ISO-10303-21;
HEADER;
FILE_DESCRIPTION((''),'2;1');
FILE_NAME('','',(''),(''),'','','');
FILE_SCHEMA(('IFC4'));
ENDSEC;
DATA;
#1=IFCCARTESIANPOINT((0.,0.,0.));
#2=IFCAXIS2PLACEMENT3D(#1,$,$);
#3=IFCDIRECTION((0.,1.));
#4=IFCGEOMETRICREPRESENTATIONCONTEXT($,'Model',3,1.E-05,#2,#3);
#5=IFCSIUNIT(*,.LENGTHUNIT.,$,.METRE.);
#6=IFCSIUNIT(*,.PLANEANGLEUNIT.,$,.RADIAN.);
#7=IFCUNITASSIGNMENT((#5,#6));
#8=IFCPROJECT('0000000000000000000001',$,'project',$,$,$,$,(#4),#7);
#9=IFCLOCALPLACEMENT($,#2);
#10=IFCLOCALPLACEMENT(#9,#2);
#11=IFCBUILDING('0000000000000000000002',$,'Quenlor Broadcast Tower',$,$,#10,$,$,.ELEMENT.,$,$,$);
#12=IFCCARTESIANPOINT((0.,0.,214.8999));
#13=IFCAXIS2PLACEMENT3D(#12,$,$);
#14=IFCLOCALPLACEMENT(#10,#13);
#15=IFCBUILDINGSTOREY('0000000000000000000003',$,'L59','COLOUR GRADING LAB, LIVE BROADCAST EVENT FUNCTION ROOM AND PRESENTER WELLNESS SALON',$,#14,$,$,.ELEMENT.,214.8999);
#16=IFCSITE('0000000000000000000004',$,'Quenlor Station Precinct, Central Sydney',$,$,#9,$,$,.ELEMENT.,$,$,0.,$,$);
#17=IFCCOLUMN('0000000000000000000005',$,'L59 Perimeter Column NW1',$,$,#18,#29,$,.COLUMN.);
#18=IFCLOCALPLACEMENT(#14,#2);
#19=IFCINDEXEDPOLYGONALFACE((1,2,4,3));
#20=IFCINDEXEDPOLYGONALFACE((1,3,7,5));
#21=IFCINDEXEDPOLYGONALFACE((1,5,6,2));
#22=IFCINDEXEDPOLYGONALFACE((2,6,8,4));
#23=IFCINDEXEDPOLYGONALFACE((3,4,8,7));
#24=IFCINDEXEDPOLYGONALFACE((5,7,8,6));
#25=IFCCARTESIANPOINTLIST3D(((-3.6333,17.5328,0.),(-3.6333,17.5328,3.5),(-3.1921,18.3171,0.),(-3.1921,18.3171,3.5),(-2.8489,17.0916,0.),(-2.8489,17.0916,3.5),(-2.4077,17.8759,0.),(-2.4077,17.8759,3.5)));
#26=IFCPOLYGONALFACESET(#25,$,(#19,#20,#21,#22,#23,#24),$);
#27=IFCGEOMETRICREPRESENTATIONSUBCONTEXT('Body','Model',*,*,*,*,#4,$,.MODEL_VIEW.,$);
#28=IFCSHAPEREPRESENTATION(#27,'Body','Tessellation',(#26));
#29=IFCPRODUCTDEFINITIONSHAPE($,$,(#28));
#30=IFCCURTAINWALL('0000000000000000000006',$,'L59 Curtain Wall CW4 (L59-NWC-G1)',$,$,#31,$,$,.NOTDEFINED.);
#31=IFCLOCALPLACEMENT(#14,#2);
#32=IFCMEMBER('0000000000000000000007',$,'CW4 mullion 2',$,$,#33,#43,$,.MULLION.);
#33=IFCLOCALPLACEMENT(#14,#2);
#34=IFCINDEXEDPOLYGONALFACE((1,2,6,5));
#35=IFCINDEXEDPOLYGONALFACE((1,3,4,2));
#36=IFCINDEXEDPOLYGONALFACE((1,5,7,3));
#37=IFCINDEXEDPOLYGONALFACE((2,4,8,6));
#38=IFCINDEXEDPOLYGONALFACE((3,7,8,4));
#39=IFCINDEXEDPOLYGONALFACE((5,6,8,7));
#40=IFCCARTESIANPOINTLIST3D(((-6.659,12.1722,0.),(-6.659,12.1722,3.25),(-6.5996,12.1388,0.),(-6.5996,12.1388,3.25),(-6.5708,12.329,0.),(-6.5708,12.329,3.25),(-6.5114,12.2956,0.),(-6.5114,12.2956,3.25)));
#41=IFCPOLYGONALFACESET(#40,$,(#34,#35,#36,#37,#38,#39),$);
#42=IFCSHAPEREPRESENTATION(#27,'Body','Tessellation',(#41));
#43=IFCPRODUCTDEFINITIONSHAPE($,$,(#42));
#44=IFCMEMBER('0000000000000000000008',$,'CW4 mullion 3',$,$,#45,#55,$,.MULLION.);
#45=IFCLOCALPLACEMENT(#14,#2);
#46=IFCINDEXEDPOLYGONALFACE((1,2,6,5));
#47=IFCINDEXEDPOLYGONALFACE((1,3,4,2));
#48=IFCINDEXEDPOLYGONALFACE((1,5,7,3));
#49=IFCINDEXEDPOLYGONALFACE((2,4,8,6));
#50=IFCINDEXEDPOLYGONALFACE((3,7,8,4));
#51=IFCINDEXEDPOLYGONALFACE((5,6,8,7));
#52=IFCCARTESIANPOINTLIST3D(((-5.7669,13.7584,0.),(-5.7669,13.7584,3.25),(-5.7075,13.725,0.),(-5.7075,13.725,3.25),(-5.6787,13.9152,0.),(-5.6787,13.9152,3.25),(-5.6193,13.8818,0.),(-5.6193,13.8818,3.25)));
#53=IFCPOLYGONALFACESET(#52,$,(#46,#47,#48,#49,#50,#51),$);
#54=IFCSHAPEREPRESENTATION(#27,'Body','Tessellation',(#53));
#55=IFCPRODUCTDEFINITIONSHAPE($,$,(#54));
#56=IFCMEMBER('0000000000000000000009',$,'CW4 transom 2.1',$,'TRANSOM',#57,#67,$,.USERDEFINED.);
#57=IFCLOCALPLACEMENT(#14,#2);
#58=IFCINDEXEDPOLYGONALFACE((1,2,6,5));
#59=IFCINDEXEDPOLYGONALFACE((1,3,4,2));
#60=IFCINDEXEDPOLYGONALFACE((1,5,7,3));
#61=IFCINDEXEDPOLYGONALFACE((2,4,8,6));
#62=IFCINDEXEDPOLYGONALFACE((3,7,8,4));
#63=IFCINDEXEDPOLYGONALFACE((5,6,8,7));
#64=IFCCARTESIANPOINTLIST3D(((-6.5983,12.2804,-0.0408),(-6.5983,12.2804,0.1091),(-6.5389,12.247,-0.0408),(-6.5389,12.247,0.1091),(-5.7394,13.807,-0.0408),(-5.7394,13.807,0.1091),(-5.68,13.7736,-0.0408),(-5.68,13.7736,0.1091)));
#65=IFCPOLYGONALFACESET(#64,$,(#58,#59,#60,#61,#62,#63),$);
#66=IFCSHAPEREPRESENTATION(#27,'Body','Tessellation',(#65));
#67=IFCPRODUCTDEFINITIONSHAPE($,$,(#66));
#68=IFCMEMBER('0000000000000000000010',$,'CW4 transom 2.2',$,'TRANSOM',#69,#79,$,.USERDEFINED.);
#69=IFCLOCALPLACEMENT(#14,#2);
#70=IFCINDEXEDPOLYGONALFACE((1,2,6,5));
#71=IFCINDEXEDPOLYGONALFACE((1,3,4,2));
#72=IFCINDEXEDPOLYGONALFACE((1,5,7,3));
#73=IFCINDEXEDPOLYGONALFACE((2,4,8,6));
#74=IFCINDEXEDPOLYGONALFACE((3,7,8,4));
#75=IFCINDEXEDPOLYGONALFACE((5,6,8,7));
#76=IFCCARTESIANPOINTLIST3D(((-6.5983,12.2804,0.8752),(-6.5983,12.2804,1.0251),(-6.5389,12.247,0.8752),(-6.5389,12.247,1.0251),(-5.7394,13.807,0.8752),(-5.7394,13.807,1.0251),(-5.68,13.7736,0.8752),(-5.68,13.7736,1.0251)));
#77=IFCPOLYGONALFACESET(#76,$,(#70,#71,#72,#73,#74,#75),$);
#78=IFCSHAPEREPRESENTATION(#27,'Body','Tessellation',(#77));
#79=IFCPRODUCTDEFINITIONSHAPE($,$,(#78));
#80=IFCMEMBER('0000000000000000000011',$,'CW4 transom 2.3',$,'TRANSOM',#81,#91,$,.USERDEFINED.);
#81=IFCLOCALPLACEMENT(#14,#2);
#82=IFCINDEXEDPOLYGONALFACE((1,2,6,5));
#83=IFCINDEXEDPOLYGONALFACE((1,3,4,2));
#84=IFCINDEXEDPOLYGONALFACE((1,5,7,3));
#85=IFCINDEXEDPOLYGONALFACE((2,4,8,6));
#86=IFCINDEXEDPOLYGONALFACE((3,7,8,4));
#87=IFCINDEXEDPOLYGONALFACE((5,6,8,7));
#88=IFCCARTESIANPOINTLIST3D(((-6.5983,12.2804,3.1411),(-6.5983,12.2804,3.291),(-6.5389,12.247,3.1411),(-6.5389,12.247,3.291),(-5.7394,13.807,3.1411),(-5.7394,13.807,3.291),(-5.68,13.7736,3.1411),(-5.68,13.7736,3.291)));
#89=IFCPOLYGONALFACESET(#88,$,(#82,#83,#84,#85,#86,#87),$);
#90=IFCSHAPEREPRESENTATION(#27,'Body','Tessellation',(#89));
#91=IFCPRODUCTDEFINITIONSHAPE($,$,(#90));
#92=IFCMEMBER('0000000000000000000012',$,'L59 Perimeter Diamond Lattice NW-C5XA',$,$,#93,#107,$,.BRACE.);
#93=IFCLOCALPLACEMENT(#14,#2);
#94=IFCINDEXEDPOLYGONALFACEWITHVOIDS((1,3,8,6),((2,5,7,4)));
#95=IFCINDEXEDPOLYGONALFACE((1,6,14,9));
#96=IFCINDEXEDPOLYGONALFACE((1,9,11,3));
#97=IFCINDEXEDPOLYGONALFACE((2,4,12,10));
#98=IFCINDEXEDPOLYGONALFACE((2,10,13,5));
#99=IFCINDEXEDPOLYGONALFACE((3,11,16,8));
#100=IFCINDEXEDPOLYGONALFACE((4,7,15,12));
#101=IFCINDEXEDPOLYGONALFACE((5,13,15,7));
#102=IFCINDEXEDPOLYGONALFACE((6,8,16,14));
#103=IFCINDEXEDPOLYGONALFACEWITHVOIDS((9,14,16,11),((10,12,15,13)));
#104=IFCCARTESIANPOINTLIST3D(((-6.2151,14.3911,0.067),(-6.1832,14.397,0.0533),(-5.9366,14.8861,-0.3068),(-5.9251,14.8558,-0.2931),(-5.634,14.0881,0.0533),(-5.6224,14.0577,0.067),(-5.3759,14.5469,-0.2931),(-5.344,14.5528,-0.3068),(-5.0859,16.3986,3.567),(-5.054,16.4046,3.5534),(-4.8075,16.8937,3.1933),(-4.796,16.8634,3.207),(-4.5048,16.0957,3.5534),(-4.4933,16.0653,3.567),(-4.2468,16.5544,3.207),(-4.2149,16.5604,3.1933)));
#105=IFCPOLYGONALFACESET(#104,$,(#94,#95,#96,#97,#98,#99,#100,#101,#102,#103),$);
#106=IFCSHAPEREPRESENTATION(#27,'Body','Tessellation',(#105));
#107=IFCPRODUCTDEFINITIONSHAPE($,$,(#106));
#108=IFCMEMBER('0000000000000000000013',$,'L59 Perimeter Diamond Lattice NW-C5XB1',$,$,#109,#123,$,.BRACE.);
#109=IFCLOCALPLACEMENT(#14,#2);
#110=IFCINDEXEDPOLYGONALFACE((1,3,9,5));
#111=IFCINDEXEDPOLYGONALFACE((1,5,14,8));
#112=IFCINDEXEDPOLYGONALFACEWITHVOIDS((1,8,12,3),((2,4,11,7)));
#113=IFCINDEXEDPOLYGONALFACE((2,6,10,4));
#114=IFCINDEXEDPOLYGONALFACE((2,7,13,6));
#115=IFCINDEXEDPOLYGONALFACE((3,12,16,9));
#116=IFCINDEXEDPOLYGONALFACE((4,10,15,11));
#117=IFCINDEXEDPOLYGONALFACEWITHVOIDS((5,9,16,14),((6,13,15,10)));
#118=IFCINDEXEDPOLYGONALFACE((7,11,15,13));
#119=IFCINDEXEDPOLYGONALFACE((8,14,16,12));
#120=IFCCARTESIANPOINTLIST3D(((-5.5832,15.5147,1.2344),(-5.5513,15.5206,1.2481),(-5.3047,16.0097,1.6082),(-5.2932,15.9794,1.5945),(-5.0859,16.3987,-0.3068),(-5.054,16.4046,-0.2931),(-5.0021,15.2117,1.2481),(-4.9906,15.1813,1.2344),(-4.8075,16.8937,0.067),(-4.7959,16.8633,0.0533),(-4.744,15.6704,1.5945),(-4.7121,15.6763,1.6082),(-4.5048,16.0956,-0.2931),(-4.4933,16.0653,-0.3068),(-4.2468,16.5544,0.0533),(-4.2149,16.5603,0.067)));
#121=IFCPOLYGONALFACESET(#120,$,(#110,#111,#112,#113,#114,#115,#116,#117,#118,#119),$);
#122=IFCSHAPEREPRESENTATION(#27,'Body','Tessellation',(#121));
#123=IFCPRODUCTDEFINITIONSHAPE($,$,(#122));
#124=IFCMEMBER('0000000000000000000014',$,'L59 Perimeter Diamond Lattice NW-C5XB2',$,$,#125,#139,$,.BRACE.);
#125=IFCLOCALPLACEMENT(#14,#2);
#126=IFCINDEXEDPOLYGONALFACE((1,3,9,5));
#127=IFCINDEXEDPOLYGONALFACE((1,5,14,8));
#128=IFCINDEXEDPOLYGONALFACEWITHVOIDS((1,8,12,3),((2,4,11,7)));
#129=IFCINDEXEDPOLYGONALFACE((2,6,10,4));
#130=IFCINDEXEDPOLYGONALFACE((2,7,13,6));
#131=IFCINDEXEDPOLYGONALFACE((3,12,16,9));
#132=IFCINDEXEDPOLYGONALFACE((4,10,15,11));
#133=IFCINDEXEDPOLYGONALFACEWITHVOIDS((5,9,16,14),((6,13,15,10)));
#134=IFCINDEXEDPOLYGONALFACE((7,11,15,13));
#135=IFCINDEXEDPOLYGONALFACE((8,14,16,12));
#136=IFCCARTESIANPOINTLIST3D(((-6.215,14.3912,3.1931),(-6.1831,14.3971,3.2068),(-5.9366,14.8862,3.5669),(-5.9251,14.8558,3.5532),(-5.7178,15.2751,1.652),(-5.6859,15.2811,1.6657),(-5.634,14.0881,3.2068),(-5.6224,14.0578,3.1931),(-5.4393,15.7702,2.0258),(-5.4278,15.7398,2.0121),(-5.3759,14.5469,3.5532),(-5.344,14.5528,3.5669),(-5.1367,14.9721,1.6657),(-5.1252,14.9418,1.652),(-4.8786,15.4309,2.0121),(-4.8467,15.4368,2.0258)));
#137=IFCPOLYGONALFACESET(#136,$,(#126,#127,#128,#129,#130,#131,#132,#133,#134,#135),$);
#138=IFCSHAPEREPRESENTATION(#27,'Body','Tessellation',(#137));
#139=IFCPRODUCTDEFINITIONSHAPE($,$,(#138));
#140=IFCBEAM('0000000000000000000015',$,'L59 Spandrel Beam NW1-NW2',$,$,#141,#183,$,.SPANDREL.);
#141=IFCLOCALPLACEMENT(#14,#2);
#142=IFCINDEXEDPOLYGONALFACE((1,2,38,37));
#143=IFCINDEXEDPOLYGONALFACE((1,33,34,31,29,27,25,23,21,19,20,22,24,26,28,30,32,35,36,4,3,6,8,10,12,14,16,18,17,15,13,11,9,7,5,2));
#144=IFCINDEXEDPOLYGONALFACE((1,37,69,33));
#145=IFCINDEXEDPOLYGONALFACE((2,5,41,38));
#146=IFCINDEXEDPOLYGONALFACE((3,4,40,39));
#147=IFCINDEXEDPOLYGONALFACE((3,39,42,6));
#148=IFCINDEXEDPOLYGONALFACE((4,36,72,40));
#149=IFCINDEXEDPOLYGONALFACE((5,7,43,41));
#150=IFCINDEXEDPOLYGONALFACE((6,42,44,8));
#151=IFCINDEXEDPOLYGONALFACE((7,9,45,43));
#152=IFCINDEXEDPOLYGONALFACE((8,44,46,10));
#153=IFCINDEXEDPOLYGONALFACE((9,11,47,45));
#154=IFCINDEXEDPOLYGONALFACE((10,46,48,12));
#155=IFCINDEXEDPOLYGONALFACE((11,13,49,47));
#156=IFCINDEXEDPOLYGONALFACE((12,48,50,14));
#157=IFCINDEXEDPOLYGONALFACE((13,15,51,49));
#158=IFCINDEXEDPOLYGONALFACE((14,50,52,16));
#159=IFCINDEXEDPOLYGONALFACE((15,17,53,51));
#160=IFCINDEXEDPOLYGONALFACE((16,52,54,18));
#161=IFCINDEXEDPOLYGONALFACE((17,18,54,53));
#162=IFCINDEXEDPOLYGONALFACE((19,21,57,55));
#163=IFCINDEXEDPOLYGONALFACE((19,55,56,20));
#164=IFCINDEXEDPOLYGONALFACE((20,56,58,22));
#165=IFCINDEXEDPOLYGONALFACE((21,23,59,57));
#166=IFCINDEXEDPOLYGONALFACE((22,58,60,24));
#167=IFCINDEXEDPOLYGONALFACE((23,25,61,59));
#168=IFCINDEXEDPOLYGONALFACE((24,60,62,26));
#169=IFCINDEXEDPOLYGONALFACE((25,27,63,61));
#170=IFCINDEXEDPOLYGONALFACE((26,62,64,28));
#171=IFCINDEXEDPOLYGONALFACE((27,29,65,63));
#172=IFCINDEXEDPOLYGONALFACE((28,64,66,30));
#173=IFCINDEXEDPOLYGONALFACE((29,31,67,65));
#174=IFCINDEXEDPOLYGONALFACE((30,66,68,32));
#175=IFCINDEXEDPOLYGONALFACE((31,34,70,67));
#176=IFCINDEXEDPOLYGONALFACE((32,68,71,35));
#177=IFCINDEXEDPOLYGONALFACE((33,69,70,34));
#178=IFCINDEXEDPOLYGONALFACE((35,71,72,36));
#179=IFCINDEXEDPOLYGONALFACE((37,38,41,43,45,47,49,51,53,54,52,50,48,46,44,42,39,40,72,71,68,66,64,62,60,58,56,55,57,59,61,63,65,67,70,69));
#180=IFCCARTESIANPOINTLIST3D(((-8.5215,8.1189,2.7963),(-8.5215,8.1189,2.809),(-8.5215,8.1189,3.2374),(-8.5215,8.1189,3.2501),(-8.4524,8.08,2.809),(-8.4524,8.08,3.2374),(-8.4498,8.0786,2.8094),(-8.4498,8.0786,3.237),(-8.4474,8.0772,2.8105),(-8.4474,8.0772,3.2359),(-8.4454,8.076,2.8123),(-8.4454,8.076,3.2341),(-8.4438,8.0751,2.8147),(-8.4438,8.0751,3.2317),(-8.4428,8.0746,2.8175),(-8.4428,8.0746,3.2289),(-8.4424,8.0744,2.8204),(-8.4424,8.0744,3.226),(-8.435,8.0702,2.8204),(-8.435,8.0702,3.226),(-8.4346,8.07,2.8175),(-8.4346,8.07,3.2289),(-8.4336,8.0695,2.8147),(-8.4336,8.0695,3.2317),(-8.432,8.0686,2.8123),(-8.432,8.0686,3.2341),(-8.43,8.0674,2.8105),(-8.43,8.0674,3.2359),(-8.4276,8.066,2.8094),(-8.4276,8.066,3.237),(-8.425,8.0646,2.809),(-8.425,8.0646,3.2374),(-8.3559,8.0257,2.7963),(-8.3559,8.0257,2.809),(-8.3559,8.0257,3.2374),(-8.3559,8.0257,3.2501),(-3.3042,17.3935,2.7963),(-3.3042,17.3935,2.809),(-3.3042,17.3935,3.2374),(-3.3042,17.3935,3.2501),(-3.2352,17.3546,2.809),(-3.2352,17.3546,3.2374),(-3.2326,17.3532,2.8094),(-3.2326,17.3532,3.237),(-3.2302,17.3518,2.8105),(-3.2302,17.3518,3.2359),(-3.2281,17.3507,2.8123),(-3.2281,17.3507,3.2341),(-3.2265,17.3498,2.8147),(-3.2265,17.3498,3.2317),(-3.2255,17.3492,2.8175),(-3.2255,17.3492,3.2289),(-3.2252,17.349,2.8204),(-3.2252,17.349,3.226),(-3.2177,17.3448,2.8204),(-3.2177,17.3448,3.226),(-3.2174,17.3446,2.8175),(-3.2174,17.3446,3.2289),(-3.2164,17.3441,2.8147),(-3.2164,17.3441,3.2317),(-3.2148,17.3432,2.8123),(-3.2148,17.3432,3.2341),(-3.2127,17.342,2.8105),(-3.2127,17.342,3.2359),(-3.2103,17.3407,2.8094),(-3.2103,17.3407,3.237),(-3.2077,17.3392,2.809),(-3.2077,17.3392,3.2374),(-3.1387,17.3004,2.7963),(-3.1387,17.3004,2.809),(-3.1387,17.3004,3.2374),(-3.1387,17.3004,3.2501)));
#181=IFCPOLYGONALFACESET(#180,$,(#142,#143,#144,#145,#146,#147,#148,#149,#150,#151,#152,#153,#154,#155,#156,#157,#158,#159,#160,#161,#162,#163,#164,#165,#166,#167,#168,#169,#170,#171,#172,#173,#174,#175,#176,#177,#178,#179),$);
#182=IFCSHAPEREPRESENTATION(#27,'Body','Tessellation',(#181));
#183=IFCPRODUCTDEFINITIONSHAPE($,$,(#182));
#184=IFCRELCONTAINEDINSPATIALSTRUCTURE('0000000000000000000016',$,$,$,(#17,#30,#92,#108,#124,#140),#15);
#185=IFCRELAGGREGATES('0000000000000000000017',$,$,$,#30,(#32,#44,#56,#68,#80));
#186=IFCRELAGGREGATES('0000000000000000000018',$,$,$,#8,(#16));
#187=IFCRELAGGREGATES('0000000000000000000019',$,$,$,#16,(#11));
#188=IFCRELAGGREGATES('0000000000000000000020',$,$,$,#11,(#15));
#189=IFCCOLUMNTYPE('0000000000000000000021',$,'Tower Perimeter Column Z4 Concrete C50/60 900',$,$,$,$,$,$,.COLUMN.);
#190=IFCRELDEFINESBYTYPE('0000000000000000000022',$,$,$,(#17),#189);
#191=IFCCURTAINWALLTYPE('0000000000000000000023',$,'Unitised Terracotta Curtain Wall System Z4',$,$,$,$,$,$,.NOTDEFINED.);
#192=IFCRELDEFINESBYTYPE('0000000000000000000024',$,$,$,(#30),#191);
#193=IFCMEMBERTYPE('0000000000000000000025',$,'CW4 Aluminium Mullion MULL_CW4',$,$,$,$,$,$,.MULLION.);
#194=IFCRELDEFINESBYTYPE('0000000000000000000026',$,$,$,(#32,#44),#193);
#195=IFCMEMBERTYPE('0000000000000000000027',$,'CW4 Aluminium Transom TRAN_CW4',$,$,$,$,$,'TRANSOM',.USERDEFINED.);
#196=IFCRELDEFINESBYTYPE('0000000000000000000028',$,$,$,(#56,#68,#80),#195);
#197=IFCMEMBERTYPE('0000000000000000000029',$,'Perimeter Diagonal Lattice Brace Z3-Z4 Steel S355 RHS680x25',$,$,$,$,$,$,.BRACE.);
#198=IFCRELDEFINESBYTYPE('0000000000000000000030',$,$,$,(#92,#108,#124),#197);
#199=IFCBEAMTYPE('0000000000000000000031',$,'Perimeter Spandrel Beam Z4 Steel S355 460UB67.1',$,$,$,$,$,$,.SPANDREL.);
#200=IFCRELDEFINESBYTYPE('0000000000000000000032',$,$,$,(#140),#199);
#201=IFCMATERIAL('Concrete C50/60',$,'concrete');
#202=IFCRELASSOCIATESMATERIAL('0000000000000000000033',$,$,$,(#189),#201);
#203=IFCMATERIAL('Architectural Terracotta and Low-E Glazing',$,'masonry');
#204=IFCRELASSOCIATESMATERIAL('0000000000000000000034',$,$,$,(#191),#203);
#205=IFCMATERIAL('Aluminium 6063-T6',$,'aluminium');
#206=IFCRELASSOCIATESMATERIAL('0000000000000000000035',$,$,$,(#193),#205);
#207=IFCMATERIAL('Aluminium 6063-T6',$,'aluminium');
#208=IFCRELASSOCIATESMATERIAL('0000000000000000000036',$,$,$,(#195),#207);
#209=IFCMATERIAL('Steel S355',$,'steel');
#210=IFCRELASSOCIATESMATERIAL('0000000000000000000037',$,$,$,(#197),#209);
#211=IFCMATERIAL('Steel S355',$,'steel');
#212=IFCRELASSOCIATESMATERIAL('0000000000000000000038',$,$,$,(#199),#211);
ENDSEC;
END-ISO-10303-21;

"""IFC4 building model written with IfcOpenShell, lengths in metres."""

from ifc_helpers import new_model, si_unit, direction, frame, origin, origin_2d, place, context, subcontext, project, spatial, rectangle, hollow_rectangle, i_section, extrude, material, material_profile, profile_set, type_object, element, aggregate, save


model = new_model("IFC4")

# Units and contexts
model_context = context("Model", 3, precision=1e-05, world=origin(), true_north=direction((0.0, 1.0)))
body_context = subcontext(model_context, "Body", "Model", "MODEL_VIEW")
ifc_project = project(units=[si_unit("LENGTHUNIT", "METRE"), si_unit("PLANEANGLEUNIT", "RADIAN")], contexts=[model_context])

# Site, building, storey
site_placement = place(None, origin())
site = spatial("IfcSite", under=ifc_project, at=site_placement, Name="Quenlor Station Precinct, Central Sydney", CompositionType="ELEMENT", RefElevation=0.0)
building_placement = place(site_placement, origin())
building = spatial("IfcBuilding", under=site, at=building_placement, Name="Quenlor Broadcast Tower", CompositionType="ELEMENT")
storey_placement = place(building_placement, frame((0.0, 0.0, 214.8999)))
storey = spatial("IfcBuildingStorey", under=building, at=storey_placement, Name="L59", Description="COLOUR GRADING LAB, LIVE BROADCAST EVENT FUNCTION ROOM AND PRESENTER WELLNESS SALON", CompositionType="ELEMENT", Elevation=214.8999)

# Column
ifc_material_1 = material(Name="Concrete C50/60", Category="concrete")
ifc_material_profile_1 = material_profile(ifc_material_1, rectangle(XDim=0.8999, YDim=0.8999, at=origin_2d()))
ifc_profile_set_1 = profile_set([ifc_material_profile_1], Name="Concrete C50/60 RC900x900")
column_type = type_object("IfcColumnType", Name="Tower Perimeter Column Z4 Concrete C50/60 900", PredefinedType="COLUMN", material=ifc_profile_set_1)
column_placement = place(storey_placement, frame((-3.0205, 17.7043, 0.0), z_axis=(0.0, 0.0, 1.0), x_axis=(-0.871575, 0.490262, 0.0)))
element("IfcColumn", 1, at=column_placement, inside=storey, type_object=column_type, Name="L59 Perimeter Column NW1", PredefinedType="COLUMN", context=body_context, shape_type="SweptSolid", body=[
    extrude(rectangle(XDim=0.8999, YDim=0.8999, at=origin_2d()), origin(), (0.0, 0.0, 1.0), 3.5),
])

# Curtain wall, members
ifc_material_2 = material(Name="Architectural Terracotta and Low-E Glazing", Category="masonry")
curtain_wall_type = type_object("IfcCurtainWallType", Name="Unitised Terracotta Curtain Wall System Z4", PredefinedType="NOTDEFINED", material=ifc_material_2)
curtain_wall_placement = place(storey_placement, origin())
curtain_wall = element("IfcCurtainWall", 2, at=curtain_wall_placement, inside=storey, type_object=curtain_wall_type, Name="L59 Curtain Wall CW4 (L59-NWC-G1)", PredefinedType="NOTDEFINED")
ifc_material_3 = material(Name="Aluminium 6063-T6", Category="aluminium")
ifc_material_profile_2 = material_profile(ifc_material_3, rectangle(XDim=0.0681, YDim=0.1799, at=origin_2d()))
ifc_profile_set_2 = profile_set([ifc_material_profile_2], Name="Aluminium 6063-T6 MULL68x180")
member_type_1 = type_object("IfcMemberType", Name="CW4 Aluminium Mullion MULL_CW4", PredefinedType="MULLION", material=ifc_profile_set_2)
member_1_placement = place(storey_placement, frame((-6.5852, 12.2339, 0.0), z_axis=(0.0, 0.0, 1.0), x_axis=(-0.871576, 0.49026, 0.0)))
member_1 = element("IfcMember", 3, at=member_1_placement, type_object=member_type_1, Name="CW4 mullion 2", PredefinedType="MULLION", context=body_context, shape_type="SweptSolid", body=[
    extrude(rectangle(XDim=0.0681, YDim=0.1799, at=origin_2d()), origin(), (0.0, 0.0, 1.0), 3.25),
])
member_2_placement = place(storey_placement, frame((-5.6931, 13.8201, 0.0), z_axis=(0.0, 0.0, 1.0), x_axis=(-0.871576, 0.49026, 0.0)))
member_2 = element("IfcMember", 4, at=member_2_placement, type_object=member_type_1, Name="CW4 mullion 3", PredefinedType="MULLION", context=body_context, shape_type="SweptSolid", body=[
    extrude(rectangle(XDim=0.0681, YDim=0.1799, at=origin_2d()), origin(), (0.0, 0.0, 1.0), 3.25),
])
ifc_material_4 = material(Name="Aluminium 6063-T6", Category="aluminium")
ifc_material_profile_3 = material_profile(ifc_material_4, rectangle(XDim=0.0681, YDim=0.1499, at=origin_2d()))
ifc_profile_set_3 = profile_set([ifc_material_profile_3], Name="Aluminium 6063-T6 TRAN68x150")
member_type_2 = type_object("IfcMemberType", Name="CW4 Aluminium Transom TRAN_CW4", ElementType="TRANSOM", PredefinedType="USERDEFINED", material=ifc_profile_set_3)
member_3_placement = place(storey_placement, frame((-6.5686, 12.2637, 0.0342), z_axis=(0.490334, 0.871535, 0.0), x_axis=(-0.871535, 0.490334, 0.0)))
member_3 = element("IfcMember", 5, at=member_3_placement, type_object=member_type_2, Name="CW4 transom 2.1", ObjectType="TRANSOM", PredefinedType="USERDEFINED", context=body_context, shape_type="SweptSolid", body=[
    extrude(rectangle(XDim=0.0681, YDim=0.1499, at=origin_2d()), origin(), (0.0, 0.0, 1.0), 1.7517),
])
member_4_placement = place(storey_placement, frame((-6.5686, 12.2637, 0.9502), z_axis=(0.490334, 0.871535, 0.0), x_axis=(-0.871535, 0.490334, 0.0)))
member_4 = element("IfcMember", 6, at=member_4_placement, type_object=member_type_2, Name="CW4 transom 2.2", ObjectType="TRANSOM", PredefinedType="USERDEFINED", context=body_context, shape_type="SweptSolid", body=[
    extrude(rectangle(XDim=0.0681, YDim=0.1499, at=origin_2d()), origin(), (0.0, 0.0, 1.0), 1.7517),
])
member_5_placement = place(storey_placement, frame((-6.5686, 12.2637, 3.2161), z_axis=(0.490334, 0.871535, 0.0), x_axis=(-0.871535, 0.490334, 0.0)))
member_5 = element("IfcMember", 7, at=member_5_placement, type_object=member_type_2, Name="CW4 transom 2.3", ObjectType="TRANSOM", PredefinedType="USERDEFINED", context=body_context, shape_type="SweptSolid", body=[
    extrude(rectangle(XDim=0.0681, YDim=0.1499, at=origin_2d()), origin(), (0.0, 0.0, 1.0), 1.7517),
])

# Members
ifc_material_5 = material(Name="Steel S355", Category="steel")
ifc_material_profile_4 = material_profile(ifc_material_5, hollow_rectangle(XDim=0.6799, YDim=0.6799, WallThickness=0.0249, at=origin_2d()))
ifc_profile_set_4 = profile_set([ifc_material_profile_4], Name="Steel S355 RHS680x680x25")
member_type_3 = type_object("IfcMemberType", Name="Perimeter Diagonal Lattice Brace Z3-Z4 Steel S355 RHS680x25", PredefinedType="BRACE", material=ifc_profile_set_4)
member_6_placement = place(storey_placement, frame((-5.7795, 14.4719, -0.1199), z_axis=(0.269493, 0.479144, 0.835341), x_axis=(-0.871595, 0.490226, 0.0)))
element("IfcMember", 8, at=member_6_placement, inside=storey, type_object=member_type_3, Name="L59 Perimeter Diamond Lattice NW-C5XA", PredefinedType="BRACE", context=body_context, shape_type="SweptSolid", body=[
    extrude(hollow_rectangle(XDim=0.6799, YDim=0.6799, WallThickness=0.0249, at=origin_2d()), origin(), (0.0, 0.0, 1.0), 4.1899),
])
for number, where, z_axis, x_axis, name in (
    (9, (-4.6504, 16.4795, -0.1199), (-0.269536, -0.47913, 0.835335), (0.871556, -0.490296, 0.0), "L59 Perimeter Diamond Lattice NW-C5XB1"),
    (10, (-5.2822, 15.356, 1.8389), (-0.269536, -0.47913, 0.835335), (0.871556, -0.490296, 0.0), "L59 Perimeter Diamond Lattice NW-C5XB2"),
):
    element("IfcMember", number, at=place(storey_placement, frame(where, z_axis=z_axis, x_axis=x_axis)), inside=storey, type_object=member_type_3, Name=name, PredefinedType="BRACE", context=body_context, shape_type="SweptSolid", body=[
        extrude(hollow_rectangle(XDim=0.6799, YDim=0.6799, WallThickness=0.0249, at=origin_2d()), origin(), (0.0, 0.0, 1.0), 1.845),
    ])

# Beam
ifc_material_6 = material(Name="Steel S355", Category="steel")
ifc_material_profile_5 = material_profile(ifc_material_6, i_section(OverallWidth=0.1899, OverallDepth=0.4539, WebThickness=0.0085, FlangeThickness=0.0127, FilletRadius=0.0115, at=origin_2d()))
ifc_profile_set_5 = profile_set([ifc_material_profile_5], Name="Steel S355 460UB67.1")
beam_type_1 = type_object("IfcBeamType", Name="Perimeter Spandrel Beam Z4 Steel S355 460UB67.1", PredefinedType="SPANDREL", material=ifc_profile_set_5)
beam_1_placement = place(storey_placement, frame((-3.2214, 17.3469, 3.0232), z_axis=(-0.490282, -0.871564, 0.0), x_axis=(0.871564, -0.490282, 0.0)))
element("IfcBeam", 11, at=beam_1_placement, inside=storey, type_object=beam_type_1, Name="L59 Spandrel Beam NW1-NW2", PredefinedType="SPANDREL", context=body_context, shape_type="SweptSolid", body=[
    extrude(i_section(OverallWidth=0.1899, OverallDepth=0.4539, WebThickness=0.0085, FlangeThickness=0.0127, FilletRadius=0.0115, at=origin_2d()), origin(), (0.0, 0.0, 1.0), 10.6414),
])

aggregate(curtain_wall, [member_1, member_2, member_3, member_4, member_5])

save(model, "model.ifc")
